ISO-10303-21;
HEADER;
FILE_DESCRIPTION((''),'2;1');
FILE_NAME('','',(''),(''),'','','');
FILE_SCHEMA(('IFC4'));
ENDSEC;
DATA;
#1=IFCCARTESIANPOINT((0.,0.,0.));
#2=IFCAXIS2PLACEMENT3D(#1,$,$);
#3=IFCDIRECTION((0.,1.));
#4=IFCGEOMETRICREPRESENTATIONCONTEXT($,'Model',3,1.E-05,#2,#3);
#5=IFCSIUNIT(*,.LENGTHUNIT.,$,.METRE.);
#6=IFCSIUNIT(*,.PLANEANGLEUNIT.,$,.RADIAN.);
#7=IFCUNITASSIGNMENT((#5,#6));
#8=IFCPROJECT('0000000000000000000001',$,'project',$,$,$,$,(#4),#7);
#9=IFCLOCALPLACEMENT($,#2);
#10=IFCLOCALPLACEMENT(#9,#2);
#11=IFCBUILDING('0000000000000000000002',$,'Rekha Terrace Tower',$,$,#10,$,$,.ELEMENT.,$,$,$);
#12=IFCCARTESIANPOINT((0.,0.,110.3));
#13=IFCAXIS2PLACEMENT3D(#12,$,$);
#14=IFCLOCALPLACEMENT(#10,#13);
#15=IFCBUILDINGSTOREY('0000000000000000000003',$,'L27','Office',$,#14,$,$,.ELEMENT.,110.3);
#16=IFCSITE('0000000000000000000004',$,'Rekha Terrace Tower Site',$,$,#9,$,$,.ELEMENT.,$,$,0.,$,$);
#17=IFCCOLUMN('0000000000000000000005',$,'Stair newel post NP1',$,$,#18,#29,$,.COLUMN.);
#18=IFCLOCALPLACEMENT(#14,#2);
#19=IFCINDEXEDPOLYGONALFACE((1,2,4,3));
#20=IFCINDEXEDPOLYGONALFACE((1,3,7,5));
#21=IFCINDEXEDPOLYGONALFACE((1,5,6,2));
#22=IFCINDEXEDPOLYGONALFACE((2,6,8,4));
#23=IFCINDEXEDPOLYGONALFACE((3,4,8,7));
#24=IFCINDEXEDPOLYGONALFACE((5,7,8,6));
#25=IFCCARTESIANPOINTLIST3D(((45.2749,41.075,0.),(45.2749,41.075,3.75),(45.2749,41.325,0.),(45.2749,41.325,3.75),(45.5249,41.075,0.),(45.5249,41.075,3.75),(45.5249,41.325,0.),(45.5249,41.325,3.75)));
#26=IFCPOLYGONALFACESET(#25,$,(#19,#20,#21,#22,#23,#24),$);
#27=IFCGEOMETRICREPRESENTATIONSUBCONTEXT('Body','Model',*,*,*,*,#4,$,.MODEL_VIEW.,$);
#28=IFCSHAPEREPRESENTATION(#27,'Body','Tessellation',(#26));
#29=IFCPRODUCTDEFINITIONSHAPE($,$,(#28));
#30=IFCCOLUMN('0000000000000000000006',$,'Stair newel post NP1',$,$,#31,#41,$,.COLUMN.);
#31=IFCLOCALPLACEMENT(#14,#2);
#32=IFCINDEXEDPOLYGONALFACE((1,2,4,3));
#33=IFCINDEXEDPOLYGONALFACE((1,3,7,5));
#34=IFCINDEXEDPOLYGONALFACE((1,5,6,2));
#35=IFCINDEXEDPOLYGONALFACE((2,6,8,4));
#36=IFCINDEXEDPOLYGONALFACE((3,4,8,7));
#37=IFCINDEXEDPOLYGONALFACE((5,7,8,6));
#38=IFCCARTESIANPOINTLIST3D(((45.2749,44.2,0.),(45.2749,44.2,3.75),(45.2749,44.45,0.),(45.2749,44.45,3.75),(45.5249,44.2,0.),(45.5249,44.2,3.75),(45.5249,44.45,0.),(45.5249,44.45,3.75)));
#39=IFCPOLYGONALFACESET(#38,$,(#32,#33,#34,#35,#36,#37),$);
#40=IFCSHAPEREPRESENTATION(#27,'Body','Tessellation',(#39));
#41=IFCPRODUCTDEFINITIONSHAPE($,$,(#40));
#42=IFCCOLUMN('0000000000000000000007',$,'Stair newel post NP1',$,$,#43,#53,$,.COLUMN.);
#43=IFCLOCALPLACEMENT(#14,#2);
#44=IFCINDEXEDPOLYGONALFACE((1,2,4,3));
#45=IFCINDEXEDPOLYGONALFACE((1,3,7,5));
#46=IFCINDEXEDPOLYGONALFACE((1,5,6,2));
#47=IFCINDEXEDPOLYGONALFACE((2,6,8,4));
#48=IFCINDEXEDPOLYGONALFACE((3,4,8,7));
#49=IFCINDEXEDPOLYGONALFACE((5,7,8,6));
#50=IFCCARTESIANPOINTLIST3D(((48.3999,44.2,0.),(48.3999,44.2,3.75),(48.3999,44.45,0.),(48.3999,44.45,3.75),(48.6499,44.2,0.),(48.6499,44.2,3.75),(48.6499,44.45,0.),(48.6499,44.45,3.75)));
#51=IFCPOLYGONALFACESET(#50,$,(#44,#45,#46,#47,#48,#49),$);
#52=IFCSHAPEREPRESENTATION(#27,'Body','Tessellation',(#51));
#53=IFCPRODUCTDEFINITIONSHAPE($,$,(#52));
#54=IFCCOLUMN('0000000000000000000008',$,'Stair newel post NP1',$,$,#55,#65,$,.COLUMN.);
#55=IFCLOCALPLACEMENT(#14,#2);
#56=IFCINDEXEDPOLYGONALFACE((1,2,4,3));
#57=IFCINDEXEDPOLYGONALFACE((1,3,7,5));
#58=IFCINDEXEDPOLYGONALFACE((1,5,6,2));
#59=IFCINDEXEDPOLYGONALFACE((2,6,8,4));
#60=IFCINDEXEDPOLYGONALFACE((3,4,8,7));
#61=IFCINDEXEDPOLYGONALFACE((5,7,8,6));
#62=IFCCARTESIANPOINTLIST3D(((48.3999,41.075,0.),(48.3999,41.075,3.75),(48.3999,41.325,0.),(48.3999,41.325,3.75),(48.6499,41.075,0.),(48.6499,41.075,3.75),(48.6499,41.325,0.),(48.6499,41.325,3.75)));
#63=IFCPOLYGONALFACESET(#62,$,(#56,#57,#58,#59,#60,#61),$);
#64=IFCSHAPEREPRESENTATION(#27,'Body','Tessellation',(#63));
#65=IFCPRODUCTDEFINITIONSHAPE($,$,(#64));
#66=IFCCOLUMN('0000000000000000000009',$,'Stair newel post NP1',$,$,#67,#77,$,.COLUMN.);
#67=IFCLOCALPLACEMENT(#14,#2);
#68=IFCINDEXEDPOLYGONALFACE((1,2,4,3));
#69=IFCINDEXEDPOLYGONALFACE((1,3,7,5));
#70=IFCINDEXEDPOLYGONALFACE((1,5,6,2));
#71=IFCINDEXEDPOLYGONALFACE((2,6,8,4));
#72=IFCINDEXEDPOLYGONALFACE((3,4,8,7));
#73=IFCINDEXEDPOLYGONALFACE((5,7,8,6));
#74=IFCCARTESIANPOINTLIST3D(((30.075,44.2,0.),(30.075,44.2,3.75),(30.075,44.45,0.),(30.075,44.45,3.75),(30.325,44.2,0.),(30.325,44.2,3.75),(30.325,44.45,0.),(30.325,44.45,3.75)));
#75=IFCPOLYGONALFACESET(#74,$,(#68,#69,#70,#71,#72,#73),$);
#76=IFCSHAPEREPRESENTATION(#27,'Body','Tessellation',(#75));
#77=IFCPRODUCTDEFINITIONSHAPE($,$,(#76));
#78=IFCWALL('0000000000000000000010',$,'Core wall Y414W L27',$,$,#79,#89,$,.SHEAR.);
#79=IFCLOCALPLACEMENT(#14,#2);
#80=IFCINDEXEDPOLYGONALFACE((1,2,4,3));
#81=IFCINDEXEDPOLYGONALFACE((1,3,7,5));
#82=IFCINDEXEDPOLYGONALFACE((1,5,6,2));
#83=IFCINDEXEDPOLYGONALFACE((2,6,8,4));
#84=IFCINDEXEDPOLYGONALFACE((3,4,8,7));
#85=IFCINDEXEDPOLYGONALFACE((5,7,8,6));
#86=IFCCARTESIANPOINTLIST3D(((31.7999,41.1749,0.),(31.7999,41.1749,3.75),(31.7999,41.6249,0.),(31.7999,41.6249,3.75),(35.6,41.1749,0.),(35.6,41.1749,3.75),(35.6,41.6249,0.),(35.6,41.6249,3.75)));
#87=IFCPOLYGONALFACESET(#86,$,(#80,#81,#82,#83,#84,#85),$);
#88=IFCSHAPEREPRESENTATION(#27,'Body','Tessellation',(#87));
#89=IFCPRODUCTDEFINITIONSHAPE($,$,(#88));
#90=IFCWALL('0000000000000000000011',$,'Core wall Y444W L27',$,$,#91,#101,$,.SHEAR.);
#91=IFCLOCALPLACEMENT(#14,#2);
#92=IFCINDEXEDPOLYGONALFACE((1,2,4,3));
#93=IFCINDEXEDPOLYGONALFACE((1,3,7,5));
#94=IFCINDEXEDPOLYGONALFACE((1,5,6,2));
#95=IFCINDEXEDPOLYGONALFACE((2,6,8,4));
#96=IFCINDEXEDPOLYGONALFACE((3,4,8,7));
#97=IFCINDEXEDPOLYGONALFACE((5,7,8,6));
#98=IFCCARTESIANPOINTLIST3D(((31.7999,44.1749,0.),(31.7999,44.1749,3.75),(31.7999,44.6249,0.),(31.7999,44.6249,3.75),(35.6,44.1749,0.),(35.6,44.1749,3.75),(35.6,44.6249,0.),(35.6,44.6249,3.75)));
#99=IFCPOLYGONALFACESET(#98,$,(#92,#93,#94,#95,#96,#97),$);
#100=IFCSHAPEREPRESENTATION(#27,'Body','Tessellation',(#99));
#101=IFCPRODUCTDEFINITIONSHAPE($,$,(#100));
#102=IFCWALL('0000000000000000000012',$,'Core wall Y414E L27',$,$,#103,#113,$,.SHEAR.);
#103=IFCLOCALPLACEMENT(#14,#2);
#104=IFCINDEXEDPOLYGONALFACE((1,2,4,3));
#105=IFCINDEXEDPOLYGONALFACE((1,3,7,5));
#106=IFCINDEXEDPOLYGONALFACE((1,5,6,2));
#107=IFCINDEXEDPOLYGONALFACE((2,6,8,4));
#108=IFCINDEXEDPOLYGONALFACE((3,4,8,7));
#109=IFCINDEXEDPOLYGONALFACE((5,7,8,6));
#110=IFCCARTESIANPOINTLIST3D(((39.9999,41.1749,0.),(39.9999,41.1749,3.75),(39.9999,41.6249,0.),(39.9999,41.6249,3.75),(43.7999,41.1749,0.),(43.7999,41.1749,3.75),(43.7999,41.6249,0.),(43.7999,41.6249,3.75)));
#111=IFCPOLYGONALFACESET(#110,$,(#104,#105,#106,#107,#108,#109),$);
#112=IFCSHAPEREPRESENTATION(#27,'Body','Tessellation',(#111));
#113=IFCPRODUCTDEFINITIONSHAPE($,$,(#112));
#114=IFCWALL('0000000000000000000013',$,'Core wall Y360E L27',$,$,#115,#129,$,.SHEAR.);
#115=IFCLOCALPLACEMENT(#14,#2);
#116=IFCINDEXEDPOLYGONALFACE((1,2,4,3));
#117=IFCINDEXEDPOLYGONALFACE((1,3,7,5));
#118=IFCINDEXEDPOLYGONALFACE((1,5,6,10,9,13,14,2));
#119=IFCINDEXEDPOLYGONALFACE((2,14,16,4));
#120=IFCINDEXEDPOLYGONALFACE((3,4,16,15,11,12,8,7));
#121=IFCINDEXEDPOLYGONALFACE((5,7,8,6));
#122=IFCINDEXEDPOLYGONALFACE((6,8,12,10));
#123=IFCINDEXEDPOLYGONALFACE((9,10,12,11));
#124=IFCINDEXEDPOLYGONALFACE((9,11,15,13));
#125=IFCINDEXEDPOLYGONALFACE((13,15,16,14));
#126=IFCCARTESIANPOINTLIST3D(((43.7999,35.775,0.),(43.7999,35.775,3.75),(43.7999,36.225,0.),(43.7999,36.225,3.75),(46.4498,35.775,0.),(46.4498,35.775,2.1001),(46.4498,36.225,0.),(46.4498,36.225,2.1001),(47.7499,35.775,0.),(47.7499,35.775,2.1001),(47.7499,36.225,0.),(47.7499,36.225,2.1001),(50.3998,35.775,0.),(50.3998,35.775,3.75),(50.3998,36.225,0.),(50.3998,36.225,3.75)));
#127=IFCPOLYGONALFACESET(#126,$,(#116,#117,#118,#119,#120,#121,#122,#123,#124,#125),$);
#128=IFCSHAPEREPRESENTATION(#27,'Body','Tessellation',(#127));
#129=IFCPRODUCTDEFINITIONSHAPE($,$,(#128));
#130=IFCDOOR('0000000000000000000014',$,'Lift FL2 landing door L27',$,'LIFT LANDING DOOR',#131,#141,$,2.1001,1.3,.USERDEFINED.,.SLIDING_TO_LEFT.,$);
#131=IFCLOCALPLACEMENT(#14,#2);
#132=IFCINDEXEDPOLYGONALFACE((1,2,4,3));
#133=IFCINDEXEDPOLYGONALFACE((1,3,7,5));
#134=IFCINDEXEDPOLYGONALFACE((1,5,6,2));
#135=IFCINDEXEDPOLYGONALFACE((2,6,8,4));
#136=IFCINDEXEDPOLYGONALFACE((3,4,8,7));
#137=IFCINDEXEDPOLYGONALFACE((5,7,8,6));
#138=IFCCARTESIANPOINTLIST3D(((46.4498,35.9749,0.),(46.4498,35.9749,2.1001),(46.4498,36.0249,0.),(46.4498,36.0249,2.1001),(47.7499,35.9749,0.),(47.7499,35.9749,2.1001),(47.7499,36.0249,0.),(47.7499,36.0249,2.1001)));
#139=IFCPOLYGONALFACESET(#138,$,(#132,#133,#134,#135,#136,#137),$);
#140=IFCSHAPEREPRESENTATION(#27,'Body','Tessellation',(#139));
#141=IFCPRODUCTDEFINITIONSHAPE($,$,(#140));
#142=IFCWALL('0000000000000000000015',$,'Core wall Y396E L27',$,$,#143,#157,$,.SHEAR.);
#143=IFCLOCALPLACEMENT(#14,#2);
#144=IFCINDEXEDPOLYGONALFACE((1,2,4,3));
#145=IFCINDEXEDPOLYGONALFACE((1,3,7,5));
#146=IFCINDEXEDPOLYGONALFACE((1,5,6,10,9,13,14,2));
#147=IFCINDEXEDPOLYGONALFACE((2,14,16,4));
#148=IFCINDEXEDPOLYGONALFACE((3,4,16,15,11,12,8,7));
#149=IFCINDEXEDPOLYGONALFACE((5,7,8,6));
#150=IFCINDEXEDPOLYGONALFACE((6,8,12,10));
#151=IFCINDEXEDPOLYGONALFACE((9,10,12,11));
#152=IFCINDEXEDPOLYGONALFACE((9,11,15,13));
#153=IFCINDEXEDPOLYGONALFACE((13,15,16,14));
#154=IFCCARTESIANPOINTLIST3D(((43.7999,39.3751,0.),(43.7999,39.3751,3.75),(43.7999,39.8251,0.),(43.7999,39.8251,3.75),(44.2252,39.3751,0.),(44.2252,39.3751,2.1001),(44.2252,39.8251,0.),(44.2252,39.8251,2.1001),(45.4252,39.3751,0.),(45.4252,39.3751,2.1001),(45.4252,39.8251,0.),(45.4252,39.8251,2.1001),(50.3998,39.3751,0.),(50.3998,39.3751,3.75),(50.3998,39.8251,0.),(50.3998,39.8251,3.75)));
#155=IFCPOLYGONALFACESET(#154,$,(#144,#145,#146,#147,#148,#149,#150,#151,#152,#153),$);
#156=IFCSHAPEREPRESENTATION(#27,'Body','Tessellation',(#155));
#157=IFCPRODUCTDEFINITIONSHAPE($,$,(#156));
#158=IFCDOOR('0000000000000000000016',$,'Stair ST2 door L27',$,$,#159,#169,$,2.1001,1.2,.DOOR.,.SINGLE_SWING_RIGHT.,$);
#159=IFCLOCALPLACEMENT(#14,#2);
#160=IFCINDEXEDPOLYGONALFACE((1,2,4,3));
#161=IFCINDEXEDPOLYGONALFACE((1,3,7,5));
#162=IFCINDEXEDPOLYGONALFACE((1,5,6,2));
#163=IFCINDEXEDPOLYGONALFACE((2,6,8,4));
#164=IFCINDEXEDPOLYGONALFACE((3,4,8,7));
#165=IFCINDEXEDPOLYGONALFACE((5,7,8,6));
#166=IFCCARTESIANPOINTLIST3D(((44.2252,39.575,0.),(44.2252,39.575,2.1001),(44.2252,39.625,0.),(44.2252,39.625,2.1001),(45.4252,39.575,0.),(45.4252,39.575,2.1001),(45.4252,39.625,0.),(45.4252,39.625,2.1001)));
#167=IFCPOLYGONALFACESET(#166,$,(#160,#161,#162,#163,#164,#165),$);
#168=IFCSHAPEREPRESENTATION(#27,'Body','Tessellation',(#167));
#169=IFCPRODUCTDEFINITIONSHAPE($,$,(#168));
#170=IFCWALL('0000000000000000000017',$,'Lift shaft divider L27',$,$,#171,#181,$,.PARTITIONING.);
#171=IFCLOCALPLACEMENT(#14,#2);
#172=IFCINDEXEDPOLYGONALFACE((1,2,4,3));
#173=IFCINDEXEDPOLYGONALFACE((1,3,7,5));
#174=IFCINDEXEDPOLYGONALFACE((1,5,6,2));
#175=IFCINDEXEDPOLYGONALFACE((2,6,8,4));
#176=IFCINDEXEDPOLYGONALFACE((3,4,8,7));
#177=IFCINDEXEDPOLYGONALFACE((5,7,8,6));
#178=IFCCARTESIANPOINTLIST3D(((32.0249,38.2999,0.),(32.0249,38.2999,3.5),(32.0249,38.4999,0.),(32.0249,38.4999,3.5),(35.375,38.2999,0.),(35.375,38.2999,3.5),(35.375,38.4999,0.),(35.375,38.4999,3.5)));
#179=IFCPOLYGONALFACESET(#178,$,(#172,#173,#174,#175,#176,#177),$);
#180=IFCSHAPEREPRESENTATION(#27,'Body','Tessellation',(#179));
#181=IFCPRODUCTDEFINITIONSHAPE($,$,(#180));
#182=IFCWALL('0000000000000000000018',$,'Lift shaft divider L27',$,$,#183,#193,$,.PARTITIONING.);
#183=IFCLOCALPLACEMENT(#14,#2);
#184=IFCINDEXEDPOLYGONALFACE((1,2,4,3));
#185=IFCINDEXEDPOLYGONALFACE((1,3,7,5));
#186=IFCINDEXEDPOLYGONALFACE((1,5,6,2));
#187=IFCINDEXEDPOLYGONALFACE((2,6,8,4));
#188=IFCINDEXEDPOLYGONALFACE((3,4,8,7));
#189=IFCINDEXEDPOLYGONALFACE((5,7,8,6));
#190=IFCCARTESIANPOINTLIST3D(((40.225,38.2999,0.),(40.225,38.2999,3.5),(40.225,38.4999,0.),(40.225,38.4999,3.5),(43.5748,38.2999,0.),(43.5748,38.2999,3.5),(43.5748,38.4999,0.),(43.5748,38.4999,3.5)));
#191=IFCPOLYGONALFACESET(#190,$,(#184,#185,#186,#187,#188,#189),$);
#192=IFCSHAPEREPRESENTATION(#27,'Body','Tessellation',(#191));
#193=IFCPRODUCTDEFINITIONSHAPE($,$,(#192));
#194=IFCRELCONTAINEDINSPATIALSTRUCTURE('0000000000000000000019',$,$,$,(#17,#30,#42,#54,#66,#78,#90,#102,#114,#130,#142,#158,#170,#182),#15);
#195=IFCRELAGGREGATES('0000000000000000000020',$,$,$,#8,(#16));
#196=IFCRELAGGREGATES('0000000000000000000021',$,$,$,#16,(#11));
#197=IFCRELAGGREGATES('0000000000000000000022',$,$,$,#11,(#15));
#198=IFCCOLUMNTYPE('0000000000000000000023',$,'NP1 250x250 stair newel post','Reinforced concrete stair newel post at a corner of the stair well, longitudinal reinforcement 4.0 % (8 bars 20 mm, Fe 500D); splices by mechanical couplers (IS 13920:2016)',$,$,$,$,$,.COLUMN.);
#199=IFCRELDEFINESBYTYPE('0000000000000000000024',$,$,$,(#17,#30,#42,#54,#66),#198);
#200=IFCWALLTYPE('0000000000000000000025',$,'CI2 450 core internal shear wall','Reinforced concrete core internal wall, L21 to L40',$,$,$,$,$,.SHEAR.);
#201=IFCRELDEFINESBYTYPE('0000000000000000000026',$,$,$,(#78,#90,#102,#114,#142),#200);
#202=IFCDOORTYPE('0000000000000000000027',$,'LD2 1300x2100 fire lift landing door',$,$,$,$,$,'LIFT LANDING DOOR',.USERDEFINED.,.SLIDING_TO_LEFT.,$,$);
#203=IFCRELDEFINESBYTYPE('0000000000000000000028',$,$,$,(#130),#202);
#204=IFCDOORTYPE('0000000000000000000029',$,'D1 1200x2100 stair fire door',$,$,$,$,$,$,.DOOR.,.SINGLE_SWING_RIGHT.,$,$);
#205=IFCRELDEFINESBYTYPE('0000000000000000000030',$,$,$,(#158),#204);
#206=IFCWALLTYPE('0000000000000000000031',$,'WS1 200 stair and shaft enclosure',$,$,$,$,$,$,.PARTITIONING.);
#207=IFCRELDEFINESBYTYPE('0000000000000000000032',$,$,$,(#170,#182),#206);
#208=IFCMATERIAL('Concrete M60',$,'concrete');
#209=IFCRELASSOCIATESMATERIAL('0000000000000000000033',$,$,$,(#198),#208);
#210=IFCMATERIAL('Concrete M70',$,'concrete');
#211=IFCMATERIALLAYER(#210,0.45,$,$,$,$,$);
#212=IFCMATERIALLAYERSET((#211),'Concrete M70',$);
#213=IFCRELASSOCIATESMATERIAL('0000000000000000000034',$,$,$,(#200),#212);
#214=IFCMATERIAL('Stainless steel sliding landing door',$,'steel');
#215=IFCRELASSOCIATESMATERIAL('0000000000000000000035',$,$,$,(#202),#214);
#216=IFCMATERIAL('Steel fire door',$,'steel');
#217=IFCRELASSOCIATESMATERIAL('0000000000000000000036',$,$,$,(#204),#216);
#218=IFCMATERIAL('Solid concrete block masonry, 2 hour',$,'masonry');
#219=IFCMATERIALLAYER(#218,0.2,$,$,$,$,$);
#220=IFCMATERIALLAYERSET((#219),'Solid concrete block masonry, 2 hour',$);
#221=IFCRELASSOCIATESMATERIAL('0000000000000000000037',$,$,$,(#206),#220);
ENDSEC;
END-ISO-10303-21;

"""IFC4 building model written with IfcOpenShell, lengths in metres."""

from ifc_helpers import new_model, si_unit, direction, frame, frame_2d, origin, origin_2d, place, context, subcontext, project, spatial, rectangle, extrude, material, layer, layer_set, material_profile, profile_set, type_object, element, fill, save


model = new_model("IFC4")

# Units and contexts
model_context = context("Model", 3, precision=1e-05, world=origin(), true_north=direction((0.0, 1.0)))
body_context = subcontext(model_context, "Body", "Model", "MODEL_VIEW")
ifc_project = project(units=[si_unit("LENGTHUNIT", "METRE"), si_unit("PLANEANGLEUNIT", "RADIAN")], contexts=[model_context])

# Site, building, storey
site_placement = place(None, origin())
site = spatial("IfcSite", under=ifc_project, at=site_placement, Name="Rekha Terrace Tower Site", CompositionType="ELEMENT", RefElevation=0.0)
building_placement = place(site_placement, origin())
building = spatial("IfcBuilding", under=site, at=building_placement, Name="Rekha Terrace Tower", CompositionType="ELEMENT")
storey_placement = place(building_placement, frame((0.0, 0.0, 110.3)))
storey = spatial("IfcBuildingStorey", under=building, at=storey_placement, Name="L27", Description="Office", CompositionType="ELEMENT", Elevation=110.3)

# Columns
ifc_material_1 = material(Name="Concrete M60", Category="concrete")
ifc_material_profile = material_profile(ifc_material_1, rectangle(XDim=0.25, YDim=0.25, at=origin_2d()), Name="RC 250x250")
ifc_profile_set = profile_set([ifc_material_profile], Name="Concrete M60")
column_type = type_object("IfcColumnType", Name="NP1 250x250 stair newel post", Description="Reinforced concrete stair newel post at a corner of the stair well, longitudinal reinforcement 4.0 % (8 bars 20 mm, Fe 500D); splices by mechanical couplers (IS 13920:2016)", PredefinedType="COLUMN", material=ifc_profile_set)
for number, where, z_axis, x_axis, name in (
    (1, (45.3999, 41.2, 0.0), (0.0, 0.0, 1.0), (1.0, 0.0, 0.0), "Stair newel post NP1"),
    (2, (45.3999, 44.325, 0.0), (0.0, 0.0, 1.0), (1.0, 0.0, 0.0), "Stair newel post NP1"),
    (3, (48.5249, 44.325, 0.0), (0.0, 0.0, 1.0), (1.0, 0.0, 0.0), "Stair newel post NP1"),
    (4, (48.5249, 41.2, 0.0), (0.0, 0.0, 1.0), (1.0, 0.0, 0.0), "Stair newel post NP1"),
    (5, (30.2, 44.325, 0.0), (0.0, 0.0, 1.0), (1.0, 0.0, 0.0), "Stair newel post NP1"),
):
    element("IfcColumn", number, at=place(storey_placement, frame(where, z_axis=z_axis, x_axis=x_axis)), inside=storey, type_object=column_type, Name=name, PredefinedType="COLUMN", context=body_context, shape_type="SweptSolid", body=[
        extrude(rectangle(XDim=0.25, YDim=0.25, at=origin_2d()), origin(), (0.0, 0.0, 1.0), 3.75),
    ])

# Walls
ifc_material_2 = material(Name="Concrete M70", Category="concrete")
ifc_layer_1 = layer(ifc_material_2, 0.45)
ifc_layer_set_1 = layer_set([ifc_layer_1], Name="Concrete M70")
wall_type_1 = type_object("IfcWallType", Name="CI2 450 core internal shear wall", Description="Reinforced concrete core internal wall, L21 to L40", PredefinedType="SHEAR", material=ifc_layer_set_1)
for number, where, z_axis, x_axis, name in (
    (6, (31.8, 41.3999, 0.0), (0.0, 0.0, 1.0), (1.0, 0.0, 0.0), "Core wall Y414W L27"),
    (7, (31.8, 44.3999, 0.0), (0.0, 0.0, 1.0), (1.0, 0.0, 0.0), "Core wall Y444W L27"),
    (8, (40.0, 41.3999, 0.0), (0.0, 0.0, 1.0), (1.0, 0.0, 0.0), "Core wall Y414E L27"),
):
    element("IfcWall", number, at=place(storey_placement, frame(where, z_axis=z_axis, x_axis=x_axis)), inside=storey, type_object=wall_type_1, Name=name, PredefinedType="SHEAR", context=body_context, shape_type="SweptSolid", body=[
        extrude(rectangle(XDim=3.8, YDim=0.45, at=frame_2d((1.8999, 0.0))), origin(), (0.0, 0.0, 1.0), 3.75),
    ])

# Walls, openings, doors
wall_1_placement = place(storey_placement, frame((43.8, 36.0, 0.0), z_axis=(0.0, 0.0, 1.0), x_axis=(1.0, 0.0, 0.0)))
wall_1 = element("IfcWall", 9, at=wall_1_placement, inside=storey, type_object=wall_type_1, Name="Core wall Y360E L27", PredefinedType="SHEAR", context=body_context, shape_type="SweptSolid", body=[
    extrude(rectangle(XDim=6.5999, YDim=0.45, at=frame_2d((3.2998, 0.0))), origin(), (0.0, 0.0, 1.0), 3.75),
])
opening_1_placement = place(wall_1_placement, frame((2.6499, 0.0, 0.0)))
opening_1 = element("IfcOpeningElement", 10, at=opening_1_placement, cuts=wall_1, PredefinedType="OPENING", context=body_context, shape_type="SweptSolid", body=[
    extrude(rectangle(XDim=1.3, YDim=2.1001, at=frame_2d((0.6499, 1.05))), frame((0.0, 0.2349, 0.0), z_axis=(0.0, -1.0, 0.0), x_axis=(1.0, 0.0, 0.0)), (0.0, 0.0, 1.0), 0.47),
])
ifc_material_3 = material(Name="Stainless steel sliding landing door", Category="steel")
door_type_1 = type_object("IfcDoorType", Name="LD2 1300x2100 fire lift landing door", ElementType="LIFT LANDING DOOR", OperationType="SLIDING_TO_LEFT", PredefinedType="USERDEFINED", material=ifc_material_3)
door_1_placement = place(opening_1_placement, origin())
door_1 = element("IfcDoor", 11, at=door_1_placement, inside=storey, type_object=door_type_1, Name="Lift FL2 landing door L27", ObjectType="LIFT LANDING DOOR", OperationType="SLIDING_TO_LEFT", OverallHeight=2.1001, OverallWidth=1.3, PredefinedType="USERDEFINED", context=body_context, shape_type="SweptSolid", body=[
    extrude(rectangle(XDim=1.3, YDim=2.1001, at=frame_2d((0.6499, 1.05))), frame((0.0, 0.0249, 0.0), z_axis=(0.0, -1.0, 0.0), x_axis=(1.0, 0.0, 0.0)), (0.0, 0.0, 1.0), 0.05),
])
fill(opening_1, door_1)
wall_2_placement = place(storey_placement, frame((43.8, 39.6001, 0.0), z_axis=(0.0, 0.0, 1.0), x_axis=(1.0, 0.0, 0.0)))
wall_2 = element("IfcWall", 12, at=wall_2_placement, inside=storey, type_object=wall_type_1, Name="Core wall Y396E L27", PredefinedType="SHEAR", context=body_context, shape_type="SweptSolid", body=[
    extrude(rectangle(XDim=6.5999, YDim=0.45, at=frame_2d((3.2998, 0.0))), origin(), (0.0, 0.0, 1.0), 3.75),
])
opening_2_placement = place(wall_2_placement, frame((0.425, 0.0, 0.0)))
opening_2 = element("IfcOpeningElement", 13, at=opening_2_placement, cuts=wall_2, PredefinedType="OPENING", context=body_context, shape_type="SweptSolid", body=[
    extrude(rectangle(XDim=1.2, YDim=2.1001, at=frame_2d((0.6001, 1.05))), frame((0.0, 0.2349, 0.0), z_axis=(0.0, -1.0, 0.0), x_axis=(1.0, 0.0, 0.0)), (0.0, 0.0, 1.0), 0.47),
])
ifc_material_4 = material(Name="Steel fire door", Category="steel")
door_type_2 = type_object("IfcDoorType", Name="D1 1200x2100 stair fire door", OperationType="SINGLE_SWING_RIGHT", PredefinedType="DOOR", material=ifc_material_4)
door_2_placement = place(opening_2_placement, origin())
door_2 = element("IfcDoor", 14, at=door_2_placement, inside=storey, type_object=door_type_2, Name="Stair ST2 door L27", OperationType="SINGLE_SWING_RIGHT", OverallHeight=2.1001, OverallWidth=1.2, PredefinedType="DOOR", context=body_context, shape_type="SweptSolid", body=[
    extrude(rectangle(XDim=1.2, YDim=2.1001, at=frame_2d((0.6001, 1.05))), frame((0.0, 0.0249, 0.0), z_axis=(0.0, -1.0, 0.0), x_axis=(1.0, 0.0, 0.0)), (0.0, 0.0, 1.0), 0.05),
])
fill(opening_2, door_2)

# Walls
ifc_material_5 = material(Name="Solid concrete block masonry, 2 hour", Category="masonry")
ifc_layer_2 = layer(ifc_material_5, 0.2)
ifc_layer_set_2 = layer_set([ifc_layer_2], Name="Solid concrete block masonry, 2 hour")
wall_type_2 = type_object("IfcWallType", Name="WS1 200 stair and shaft enclosure", PredefinedType="PARTITIONING", material=ifc_layer_set_2)
wall_3_placement = place(storey_placement, frame((32.0249, 38.3999, 0.0), z_axis=(0.0, 0.0, 1.0), x_axis=(1.0, 0.0, 0.0)))
element("IfcWall", 15, at=wall_3_placement, inside=storey, type_object=wall_type_2, Name="Lift shaft divider L27", PredefinedType="PARTITIONING", context=body_context, shape_type="SweptSolid", body=[
    extrude(rectangle(XDim=3.3501, YDim=0.2, at=frame_2d((1.675, 0.0))), origin(), (0.0, 0.0, 1.0), 3.5),
])
wall_4_placement = place(storey_placement, frame((40.2251, 38.3999, 0.0), z_axis=(0.0, 0.0, 1.0), x_axis=(1.0, 0.0, 0.0)))
element("IfcWall", 16, at=wall_4_placement, inside=storey, type_object=wall_type_2, Name="Lift shaft divider L27", PredefinedType="PARTITIONING", context=body_context, shape_type="SweptSolid", body=[
    extrude(rectangle(XDim=3.3499, YDim=0.2, at=frame_2d((1.6748, 0.0))), origin(), (0.0, 0.0, 1.0), 3.5),
])

save(model, "model.ifc")
